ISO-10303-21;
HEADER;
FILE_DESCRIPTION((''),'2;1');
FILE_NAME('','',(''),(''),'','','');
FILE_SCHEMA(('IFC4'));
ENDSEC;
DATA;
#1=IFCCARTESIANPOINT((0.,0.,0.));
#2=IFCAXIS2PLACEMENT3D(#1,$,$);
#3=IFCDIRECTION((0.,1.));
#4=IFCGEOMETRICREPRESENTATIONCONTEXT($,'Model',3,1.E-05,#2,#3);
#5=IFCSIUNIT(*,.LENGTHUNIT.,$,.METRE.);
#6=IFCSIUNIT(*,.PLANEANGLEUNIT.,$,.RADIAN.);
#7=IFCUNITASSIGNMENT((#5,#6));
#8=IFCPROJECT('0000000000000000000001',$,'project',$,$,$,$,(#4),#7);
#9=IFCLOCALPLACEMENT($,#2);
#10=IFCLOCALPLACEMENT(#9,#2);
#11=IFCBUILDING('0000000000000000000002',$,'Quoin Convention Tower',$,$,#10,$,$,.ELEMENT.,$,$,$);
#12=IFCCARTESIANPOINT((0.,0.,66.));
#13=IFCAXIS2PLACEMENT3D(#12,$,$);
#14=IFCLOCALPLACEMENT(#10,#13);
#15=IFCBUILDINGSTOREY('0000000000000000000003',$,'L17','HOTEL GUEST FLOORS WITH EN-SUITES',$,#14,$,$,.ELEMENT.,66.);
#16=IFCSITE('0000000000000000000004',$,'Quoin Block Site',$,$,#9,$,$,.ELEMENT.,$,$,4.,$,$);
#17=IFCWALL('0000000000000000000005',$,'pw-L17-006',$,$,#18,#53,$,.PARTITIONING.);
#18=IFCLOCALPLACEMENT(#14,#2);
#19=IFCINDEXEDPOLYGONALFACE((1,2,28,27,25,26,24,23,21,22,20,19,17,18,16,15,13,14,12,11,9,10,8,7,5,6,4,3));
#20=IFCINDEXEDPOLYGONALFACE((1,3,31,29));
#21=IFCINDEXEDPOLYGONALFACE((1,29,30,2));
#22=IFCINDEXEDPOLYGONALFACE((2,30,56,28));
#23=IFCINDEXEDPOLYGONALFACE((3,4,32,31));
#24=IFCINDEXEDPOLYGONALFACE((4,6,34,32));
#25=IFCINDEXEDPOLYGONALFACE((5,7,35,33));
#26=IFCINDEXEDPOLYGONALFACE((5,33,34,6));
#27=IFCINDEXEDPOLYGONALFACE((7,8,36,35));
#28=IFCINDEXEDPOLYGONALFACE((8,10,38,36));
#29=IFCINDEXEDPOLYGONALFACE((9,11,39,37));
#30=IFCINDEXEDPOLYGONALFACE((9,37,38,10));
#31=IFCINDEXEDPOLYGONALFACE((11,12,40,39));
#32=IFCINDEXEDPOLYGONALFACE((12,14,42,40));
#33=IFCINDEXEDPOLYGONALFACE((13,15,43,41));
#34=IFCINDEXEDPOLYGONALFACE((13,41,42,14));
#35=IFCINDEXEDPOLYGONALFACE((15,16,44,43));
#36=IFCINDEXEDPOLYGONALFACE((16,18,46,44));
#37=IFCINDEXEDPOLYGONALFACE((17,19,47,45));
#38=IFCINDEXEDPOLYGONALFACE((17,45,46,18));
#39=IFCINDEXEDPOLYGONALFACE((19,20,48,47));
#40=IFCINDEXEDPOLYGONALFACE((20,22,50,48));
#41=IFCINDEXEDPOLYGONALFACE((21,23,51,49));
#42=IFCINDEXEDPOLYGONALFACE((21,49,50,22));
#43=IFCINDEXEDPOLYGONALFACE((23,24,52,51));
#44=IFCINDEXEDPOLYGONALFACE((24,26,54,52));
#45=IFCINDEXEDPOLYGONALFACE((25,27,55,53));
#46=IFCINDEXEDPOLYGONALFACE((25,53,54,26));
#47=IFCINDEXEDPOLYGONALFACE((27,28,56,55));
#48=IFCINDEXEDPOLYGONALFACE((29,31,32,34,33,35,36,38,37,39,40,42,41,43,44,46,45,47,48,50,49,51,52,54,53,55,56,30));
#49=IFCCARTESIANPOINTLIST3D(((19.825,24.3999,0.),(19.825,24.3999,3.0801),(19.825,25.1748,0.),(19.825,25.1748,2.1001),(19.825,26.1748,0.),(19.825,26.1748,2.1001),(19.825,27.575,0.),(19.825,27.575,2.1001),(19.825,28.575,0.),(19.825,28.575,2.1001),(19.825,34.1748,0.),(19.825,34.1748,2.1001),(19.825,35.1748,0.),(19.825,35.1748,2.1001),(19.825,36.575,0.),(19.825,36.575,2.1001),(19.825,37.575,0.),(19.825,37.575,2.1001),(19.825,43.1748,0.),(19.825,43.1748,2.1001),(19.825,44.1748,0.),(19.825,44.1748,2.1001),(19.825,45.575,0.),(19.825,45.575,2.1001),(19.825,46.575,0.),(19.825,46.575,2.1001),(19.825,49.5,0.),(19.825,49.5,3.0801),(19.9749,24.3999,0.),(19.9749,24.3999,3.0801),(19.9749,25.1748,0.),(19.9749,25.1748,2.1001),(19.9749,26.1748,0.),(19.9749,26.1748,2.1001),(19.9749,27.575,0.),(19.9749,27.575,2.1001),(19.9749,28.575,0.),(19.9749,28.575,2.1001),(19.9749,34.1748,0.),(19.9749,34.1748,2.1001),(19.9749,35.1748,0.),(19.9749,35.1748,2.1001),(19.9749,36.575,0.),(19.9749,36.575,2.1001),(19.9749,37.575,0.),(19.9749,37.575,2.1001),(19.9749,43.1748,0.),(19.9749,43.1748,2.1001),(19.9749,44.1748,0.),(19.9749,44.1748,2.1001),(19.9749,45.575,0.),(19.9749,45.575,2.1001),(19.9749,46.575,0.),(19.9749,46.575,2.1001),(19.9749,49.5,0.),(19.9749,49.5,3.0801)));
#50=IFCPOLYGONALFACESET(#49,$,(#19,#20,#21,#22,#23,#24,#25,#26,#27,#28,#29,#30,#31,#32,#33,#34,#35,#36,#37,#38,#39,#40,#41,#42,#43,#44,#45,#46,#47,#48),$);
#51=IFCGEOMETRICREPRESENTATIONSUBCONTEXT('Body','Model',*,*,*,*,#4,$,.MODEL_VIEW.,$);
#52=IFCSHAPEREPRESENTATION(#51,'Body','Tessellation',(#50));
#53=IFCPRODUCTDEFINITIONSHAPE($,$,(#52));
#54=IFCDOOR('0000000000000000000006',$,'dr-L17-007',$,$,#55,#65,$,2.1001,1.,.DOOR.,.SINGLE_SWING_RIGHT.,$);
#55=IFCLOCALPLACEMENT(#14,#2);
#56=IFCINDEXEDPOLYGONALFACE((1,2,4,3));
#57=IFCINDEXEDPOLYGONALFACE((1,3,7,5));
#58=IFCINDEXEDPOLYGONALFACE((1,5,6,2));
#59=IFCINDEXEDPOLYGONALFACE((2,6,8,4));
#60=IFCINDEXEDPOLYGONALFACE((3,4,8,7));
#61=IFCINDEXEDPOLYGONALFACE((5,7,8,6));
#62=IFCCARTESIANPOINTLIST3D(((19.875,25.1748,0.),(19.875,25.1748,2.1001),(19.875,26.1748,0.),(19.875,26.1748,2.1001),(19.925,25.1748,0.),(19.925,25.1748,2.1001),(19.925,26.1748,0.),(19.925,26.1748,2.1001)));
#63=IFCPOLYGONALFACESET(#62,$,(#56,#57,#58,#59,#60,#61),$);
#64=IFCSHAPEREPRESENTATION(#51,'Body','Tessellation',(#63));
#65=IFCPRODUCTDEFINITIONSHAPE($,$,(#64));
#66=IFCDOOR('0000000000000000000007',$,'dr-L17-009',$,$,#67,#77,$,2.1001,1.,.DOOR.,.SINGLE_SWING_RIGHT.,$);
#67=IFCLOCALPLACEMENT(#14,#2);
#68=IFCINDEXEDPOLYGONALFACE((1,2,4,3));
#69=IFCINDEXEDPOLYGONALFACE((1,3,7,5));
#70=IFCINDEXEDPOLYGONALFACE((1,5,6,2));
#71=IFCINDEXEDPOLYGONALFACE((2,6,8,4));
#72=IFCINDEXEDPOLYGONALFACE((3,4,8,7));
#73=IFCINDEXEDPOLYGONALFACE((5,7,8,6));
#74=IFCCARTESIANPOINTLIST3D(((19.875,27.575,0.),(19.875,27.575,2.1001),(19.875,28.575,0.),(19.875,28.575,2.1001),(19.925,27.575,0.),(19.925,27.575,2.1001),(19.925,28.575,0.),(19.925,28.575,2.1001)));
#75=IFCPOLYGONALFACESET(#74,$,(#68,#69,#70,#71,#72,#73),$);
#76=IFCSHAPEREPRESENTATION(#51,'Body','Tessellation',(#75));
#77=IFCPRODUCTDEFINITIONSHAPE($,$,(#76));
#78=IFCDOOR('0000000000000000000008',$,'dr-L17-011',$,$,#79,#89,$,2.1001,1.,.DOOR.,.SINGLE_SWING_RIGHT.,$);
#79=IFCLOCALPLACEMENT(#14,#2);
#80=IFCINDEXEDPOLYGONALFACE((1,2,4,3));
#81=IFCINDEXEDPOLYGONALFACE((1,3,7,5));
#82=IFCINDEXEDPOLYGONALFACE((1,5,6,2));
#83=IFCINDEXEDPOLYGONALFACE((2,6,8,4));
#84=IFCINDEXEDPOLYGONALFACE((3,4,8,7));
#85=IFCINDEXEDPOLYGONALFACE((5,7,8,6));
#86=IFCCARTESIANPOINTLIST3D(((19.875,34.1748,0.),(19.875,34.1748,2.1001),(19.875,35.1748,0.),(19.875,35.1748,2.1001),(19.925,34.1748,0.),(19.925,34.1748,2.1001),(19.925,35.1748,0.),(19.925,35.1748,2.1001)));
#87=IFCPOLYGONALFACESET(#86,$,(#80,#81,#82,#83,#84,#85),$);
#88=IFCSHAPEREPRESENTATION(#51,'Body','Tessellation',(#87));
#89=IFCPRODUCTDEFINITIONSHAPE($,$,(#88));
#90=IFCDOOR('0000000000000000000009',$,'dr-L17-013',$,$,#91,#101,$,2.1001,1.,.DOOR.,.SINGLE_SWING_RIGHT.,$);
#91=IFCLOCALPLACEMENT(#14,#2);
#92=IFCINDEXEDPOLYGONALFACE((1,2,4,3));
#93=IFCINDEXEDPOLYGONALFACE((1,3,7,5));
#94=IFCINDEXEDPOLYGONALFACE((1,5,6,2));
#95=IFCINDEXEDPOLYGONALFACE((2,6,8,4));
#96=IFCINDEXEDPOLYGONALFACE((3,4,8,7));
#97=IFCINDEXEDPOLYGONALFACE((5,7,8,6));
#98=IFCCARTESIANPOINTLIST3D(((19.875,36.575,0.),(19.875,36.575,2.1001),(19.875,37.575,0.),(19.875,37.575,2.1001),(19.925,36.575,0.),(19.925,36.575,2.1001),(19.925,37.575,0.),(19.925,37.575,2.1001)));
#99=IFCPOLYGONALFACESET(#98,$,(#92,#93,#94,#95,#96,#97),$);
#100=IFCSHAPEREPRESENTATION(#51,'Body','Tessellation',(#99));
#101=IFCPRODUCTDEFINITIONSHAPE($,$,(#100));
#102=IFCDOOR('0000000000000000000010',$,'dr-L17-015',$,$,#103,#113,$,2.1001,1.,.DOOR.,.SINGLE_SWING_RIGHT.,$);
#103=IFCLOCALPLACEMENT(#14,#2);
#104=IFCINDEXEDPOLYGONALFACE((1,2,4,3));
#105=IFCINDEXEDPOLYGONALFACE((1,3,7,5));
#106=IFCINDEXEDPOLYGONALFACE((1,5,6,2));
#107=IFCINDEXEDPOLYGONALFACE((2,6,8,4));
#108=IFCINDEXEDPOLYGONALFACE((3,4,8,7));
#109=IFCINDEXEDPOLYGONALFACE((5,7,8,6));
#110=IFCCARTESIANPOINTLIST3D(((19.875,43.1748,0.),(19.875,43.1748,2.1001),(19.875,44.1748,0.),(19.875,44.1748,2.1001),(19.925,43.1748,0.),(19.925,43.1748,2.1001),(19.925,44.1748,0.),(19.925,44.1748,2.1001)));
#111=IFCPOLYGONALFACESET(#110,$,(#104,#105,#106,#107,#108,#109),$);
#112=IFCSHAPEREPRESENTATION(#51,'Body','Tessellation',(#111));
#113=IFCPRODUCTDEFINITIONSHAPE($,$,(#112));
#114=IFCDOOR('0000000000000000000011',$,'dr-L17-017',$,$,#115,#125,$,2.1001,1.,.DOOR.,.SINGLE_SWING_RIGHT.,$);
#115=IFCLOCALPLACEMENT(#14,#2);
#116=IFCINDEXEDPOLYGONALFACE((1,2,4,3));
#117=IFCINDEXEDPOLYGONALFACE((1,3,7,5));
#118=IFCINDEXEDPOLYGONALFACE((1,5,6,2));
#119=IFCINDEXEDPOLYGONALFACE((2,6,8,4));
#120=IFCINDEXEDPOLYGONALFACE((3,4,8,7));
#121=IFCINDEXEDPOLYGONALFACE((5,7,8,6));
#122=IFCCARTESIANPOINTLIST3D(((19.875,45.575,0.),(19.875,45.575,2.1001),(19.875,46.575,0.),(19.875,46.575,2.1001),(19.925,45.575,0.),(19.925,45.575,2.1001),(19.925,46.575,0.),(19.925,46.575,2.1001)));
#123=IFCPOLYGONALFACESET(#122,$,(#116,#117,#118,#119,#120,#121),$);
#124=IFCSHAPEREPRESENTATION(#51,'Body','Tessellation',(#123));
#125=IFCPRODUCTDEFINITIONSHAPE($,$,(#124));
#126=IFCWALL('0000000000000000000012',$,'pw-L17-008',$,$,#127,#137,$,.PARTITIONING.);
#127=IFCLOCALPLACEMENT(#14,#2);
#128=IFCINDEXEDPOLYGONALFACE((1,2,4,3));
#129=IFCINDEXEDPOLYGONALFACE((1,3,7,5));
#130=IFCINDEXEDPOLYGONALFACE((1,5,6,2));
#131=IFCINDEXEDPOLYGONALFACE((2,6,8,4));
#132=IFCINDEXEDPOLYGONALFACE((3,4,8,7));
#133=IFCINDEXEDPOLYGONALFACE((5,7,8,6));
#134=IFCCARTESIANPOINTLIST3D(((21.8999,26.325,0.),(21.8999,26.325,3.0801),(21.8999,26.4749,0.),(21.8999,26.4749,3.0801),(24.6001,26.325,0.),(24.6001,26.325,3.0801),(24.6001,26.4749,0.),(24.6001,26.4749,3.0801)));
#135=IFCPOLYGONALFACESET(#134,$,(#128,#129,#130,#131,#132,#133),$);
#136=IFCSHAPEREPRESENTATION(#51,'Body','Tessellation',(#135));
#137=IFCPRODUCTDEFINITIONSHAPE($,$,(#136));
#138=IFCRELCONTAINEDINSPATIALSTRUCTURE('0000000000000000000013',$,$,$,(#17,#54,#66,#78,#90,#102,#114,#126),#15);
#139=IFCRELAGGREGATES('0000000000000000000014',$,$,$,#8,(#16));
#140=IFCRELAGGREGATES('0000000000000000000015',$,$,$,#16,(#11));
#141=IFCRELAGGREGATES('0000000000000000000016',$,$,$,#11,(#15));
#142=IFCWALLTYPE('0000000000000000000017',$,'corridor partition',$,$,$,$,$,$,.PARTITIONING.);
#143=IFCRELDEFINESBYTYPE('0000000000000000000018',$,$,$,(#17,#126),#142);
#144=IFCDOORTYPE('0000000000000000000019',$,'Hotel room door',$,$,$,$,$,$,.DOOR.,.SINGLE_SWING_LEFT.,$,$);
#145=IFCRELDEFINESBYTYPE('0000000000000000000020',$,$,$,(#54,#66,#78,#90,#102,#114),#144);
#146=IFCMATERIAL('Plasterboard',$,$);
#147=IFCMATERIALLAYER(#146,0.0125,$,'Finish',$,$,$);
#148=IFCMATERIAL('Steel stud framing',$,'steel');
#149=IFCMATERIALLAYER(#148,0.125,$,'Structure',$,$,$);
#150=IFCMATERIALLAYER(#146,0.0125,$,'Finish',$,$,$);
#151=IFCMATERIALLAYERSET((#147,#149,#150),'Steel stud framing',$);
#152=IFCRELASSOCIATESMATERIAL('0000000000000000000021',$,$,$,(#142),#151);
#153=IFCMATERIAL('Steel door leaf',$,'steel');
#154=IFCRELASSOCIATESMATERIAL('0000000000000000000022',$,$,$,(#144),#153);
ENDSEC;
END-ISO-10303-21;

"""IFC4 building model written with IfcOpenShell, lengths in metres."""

from ifc_helpers import new_model, si_unit, direction, frame, frame_2d, origin, place, context, subcontext, project, spatial, rectangle, extrude, material, layer, layer_set, type_object, element, fill, save


model = new_model("IFC4")

# Units and contexts
model_context = context("Model", 3, precision=1e-05, world=origin(), true_north=direction((0.0, 1.0)))
body_context = subcontext(model_context, "Body", "Model", "MODEL_VIEW")
ifc_project = project(units=[si_unit("LENGTHUNIT", "METRE"), si_unit("PLANEANGLEUNIT", "RADIAN")], contexts=[model_context])

# Site, building, storey
site_placement = place(None, origin())
site = spatial("IfcSite", under=ifc_project, at=site_placement, Name="Quoin Block Site", CompositionType="ELEMENT", RefElevation=4.0)
building_placement = place(site_placement, origin())
building = spatial("IfcBuilding", under=site, at=building_placement, Name="Quoin Convention Tower", CompositionType="ELEMENT")
storey_placement = place(building_placement, frame((0.0, 0.0, 66.0)))
storey = spatial("IfcBuildingStorey", under=building, at=storey_placement, Name="L17", Description="HOTEL GUEST FLOORS WITH EN-SUITES", CompositionType="ELEMENT", Elevation=66.0)

# Wall, openings, doors
ifc_material_1 = material(Name="Plasterboard")
ifc_layer_1 = layer(ifc_material_1, 0.0125, Name="Finish")
ifc_material_2 = material(Name="Steel stud framing", Category="steel")
ifc_layer_2 = layer(ifc_material_2, 0.125, Name="Structure")
ifc_layer_3 = layer(ifc_material_1, 0.0125, Name="Finish")
ifc_layer_set = layer_set([ifc_layer_1, ifc_layer_2, ifc_layer_3], Name="Steel stud framing")
wall_type = type_object("IfcWallType", Name="corridor partition", PredefinedType="PARTITIONING", material=ifc_layer_set)
ifc_material_3 = material(Name="Steel door leaf", Category="steel")
door_type_1 = type_object("IfcDoorType", Name="Hotel room door", OperationType="SINGLE_SWING_LEFT", PredefinedType="DOOR", material=ifc_material_3)
wall_1_placement = place(storey_placement, frame((19.8999, 24.3999, 0.0), z_axis=(0.0, 0.0, 1.0), x_axis=(0.0, 1.0, 0.0)))
wall_1 = element("IfcWall", 1, at=wall_1_placement, inside=storey, type_object=wall_type, Name="pw-L17-006", PredefinedType="PARTITIONING", context=body_context, shape_type="SweptSolid", body=[
    extrude(rectangle(XDim=25.1001, YDim=0.1499, at=frame_2d((12.55, 0.0))), origin(), (0.0, 0.0, 1.0), 3.0801),
])
opening_1_placement = place(wall_1_placement, frame((0.7749, 0.0, 0.0)))
opening_1 = element("IfcOpeningElement", 2, at=opening_1_placement, cuts=wall_1, PredefinedType="OPENING", context=body_context, shape_type="SweptSolid", body=[
    extrude(rectangle(XDim=1.0, YDim=2.1001, at=frame_2d((0.5, 1.05))), frame((0.0, 0.085, 0.0), z_axis=(0.0, -1.0, 0.0), x_axis=(1.0, 0.0, 0.0)), (0.0, 0.0, 1.0), 0.1699),
])
opening_2_placement = place(wall_1_placement, frame((3.175, 0.0, 0.0)))
opening_2 = element("IfcOpeningElement", 3, at=opening_2_placement, cuts=wall_1, PredefinedType="OPENING", context=body_context, shape_type="SweptSolid", body=[
    extrude(rectangle(XDim=1.0, YDim=2.1001, at=frame_2d((0.5, 1.05))), frame((0.0, 0.085, 0.0), z_axis=(0.0, -1.0, 0.0), x_axis=(1.0, 0.0, 0.0)), (0.0, 0.0, 1.0), 0.1699),
])
opening_3_placement = place(wall_1_placement, frame((9.7749, 0.0, 0.0)))
opening_3 = element("IfcOpeningElement", 4, at=opening_3_placement, cuts=wall_1, PredefinedType="OPENING", context=body_context, shape_type="SweptSolid", body=[
    extrude(rectangle(XDim=1.0, YDim=2.1001, at=frame_2d((0.5, 1.05))), frame((0.0, 0.085, 0.0), z_axis=(0.0, -1.0, 0.0), x_axis=(1.0, 0.0, 0.0)), (0.0, 0.0, 1.0), 0.1699),
])
opening_4_placement = place(wall_1_placement, frame((12.175, 0.0, 0.0)))
opening_4 = element("IfcOpeningElement", 5, at=opening_4_placement, cuts=wall_1, PredefinedType="OPENING", context=body_context, shape_type="SweptSolid", body=[
    extrude(rectangle(XDim=1.0, YDim=2.1001, at=frame_2d((0.5, 1.05))), frame((0.0, 0.085, 0.0), z_axis=(0.0, -1.0, 0.0), x_axis=(1.0, 0.0, 0.0)), (0.0, 0.0, 1.0), 0.1699),
])
opening_5_placement = place(wall_1_placement, frame((18.7749, 0.0, 0.0)))
opening_5 = element("IfcOpeningElement", 6, at=opening_5_placement, cuts=wall_1, PredefinedType="OPENING", context=body_context, shape_type="SweptSolid", body=[
    extrude(rectangle(XDim=1.0, YDim=2.1001, at=frame_2d((0.5, 1.05))), frame((0.0, 0.085, 0.0), z_axis=(0.0, -1.0, 0.0), x_axis=(1.0, 0.0, 0.0)), (0.0, 0.0, 1.0), 0.1699),
])
opening_6_placement = place(wall_1_placement, frame((21.175, 0.0, 0.0)))
opening_6 = element("IfcOpeningElement", 7, at=opening_6_placement, cuts=wall_1, PredefinedType="OPENING", context=body_context, shape_type="SweptSolid", body=[
    extrude(rectangle(XDim=1.0, YDim=2.1001, at=frame_2d((0.5, 1.05))), frame((0.0, 0.085, 0.0), z_axis=(0.0, -1.0, 0.0), x_axis=(1.0, 0.0, 0.0)), (0.0, 0.0, 1.0), 0.1699),
])
door_1_placement = place(opening_1_placement, origin())
door_1 = element("IfcDoor", 8, at=door_1_placement, inside=storey, type_object=door_type_1, Name="dr-L17-007", OperationType="SINGLE_SWING_RIGHT", OverallHeight=2.1001, OverallWidth=1.0, PredefinedType="DOOR", context=body_context, shape_type="SweptSolid", body=[
    extrude(rectangle(XDim=1.0, YDim=2.1001, at=frame_2d((0.5, 1.05))), frame((0.0, 0.0249, 0.0), z_axis=(0.0, -1.0, 0.0), x_axis=(1.0, 0.0, 0.0)), (0.0, 0.0, 1.0), 0.05),
])
fill(opening_1, door_1)
door_2_placement = place(opening_2_placement, origin())
door_2 = element("IfcDoor", 9, at=door_2_placement, inside=storey, type_object=door_type_1, Name="dr-L17-009", OperationType="SINGLE_SWING_RIGHT", OverallHeight=2.1001, OverallWidth=1.0, PredefinedType="DOOR", context=body_context, shape_type="SweptSolid", body=[
    extrude(rectangle(XDim=1.0, YDim=2.1001, at=frame_2d((0.5, 1.05))), frame((0.0, 0.0249, 0.0), z_axis=(0.0, -1.0, 0.0), x_axis=(1.0, 0.0, 0.0)), (0.0, 0.0, 1.0), 0.05),
])
fill(opening_2, door_2)
door_3_placement = place(opening_3_placement, origin())
door_3 = element("IfcDoor", 10, at=door_3_placement, inside=storey, type_object=door_type_1, Name="dr-L17-011", OperationType="SINGLE_SWING_RIGHT", OverallHeight=2.1001, OverallWidth=1.0, PredefinedType="DOOR", context=body_context, shape_type="SweptSolid", body=[
    extrude(rectangle(XDim=1.0, YDim=2.1001, at=frame_2d((0.5, 1.05))), frame((0.0, 0.0249, 0.0), z_axis=(0.0, -1.0, 0.0), x_axis=(1.0, 0.0, 0.0)), (0.0, 0.0, 1.0), 0.05),
])
fill(opening_3, door_3)
door_4_placement = place(opening_4_placement, origin())
door_4 = element("IfcDoor", 11, at=door_4_placement, inside=storey, type_object=door_type_1, Name="dr-L17-013", OperationType="SINGLE_SWING_RIGHT", OverallHeight=2.1001, OverallWidth=1.0, PredefinedType="DOOR", context=body_context, shape_type="SweptSolid", body=[
    extrude(rectangle(XDim=1.0, YDim=2.1001, at=frame_2d((0.5, 1.05))), frame((0.0, 0.0249, 0.0), z_axis=(0.0, -1.0, 0.0), x_axis=(1.0, 0.0, 0.0)), (0.0, 0.0, 1.0), 0.05),
])
fill(opening_4, door_4)
door_5_placement = place(opening_5_placement, origin())
door_5 = element("IfcDoor", 12, at=door_5_placement, inside=storey, type_object=door_type_1, Name="dr-L17-015", OperationType="SINGLE_SWING_RIGHT", OverallHeight=2.1001, OverallWidth=1.0, PredefinedType="DOOR", context=body_context, shape_type="SweptSolid", body=[
    extrude(rectangle(XDim=1.0, YDim=2.1001, at=frame_2d((0.5, 1.05))), frame((0.0, 0.0249, 0.0), z_axis=(0.0, -1.0, 0.0), x_axis=(1.0, 0.0, 0.0)), (0.0, 0.0, 1.0), 0.05),
])
fill(opening_5, door_5)
door_6_placement = place(opening_6_placement, origin())
door_6 = element("IfcDoor", 13, at=door_6_placement, inside=storey, type_object=door_type_1, Name="dr-L17-017", OperationType="SINGLE_SWING_RIGHT", OverallHeight=2.1001, OverallWidth=1.0, PredefinedType="DOOR", context=body_context, shape_type="SweptSolid", body=[
    extrude(rectangle(XDim=1.0, YDim=2.1001, at=frame_2d((0.5, 1.05))), frame((0.0, 0.0249, 0.0), z_axis=(0.0, -1.0, 0.0), x_axis=(1.0, 0.0, 0.0)), (0.0, 0.0, 1.0), 0.05),
])
fill(opening_6, door_6)

# Wall
wall_2_placement = place(storey_placement, frame((21.8999, 26.3999, 0.0), z_axis=(0.0, 0.0, 1.0), x_axis=(1.0, 0.0, 0.0)))
element("IfcWall", 14, at=wall_2_placement, inside=storey, type_object=wall_type, Name="pw-L17-008", PredefinedType="PARTITIONING", context=body_context, shape_type="SweptSolid", body=[
    extrude(rectangle(XDim=2.7002, YDim=0.1499, at=frame_2d((1.3501, 0.0))), origin(), (0.0, 0.0, 1.0), 3.0801),
])

save(model, "model.ifc")
